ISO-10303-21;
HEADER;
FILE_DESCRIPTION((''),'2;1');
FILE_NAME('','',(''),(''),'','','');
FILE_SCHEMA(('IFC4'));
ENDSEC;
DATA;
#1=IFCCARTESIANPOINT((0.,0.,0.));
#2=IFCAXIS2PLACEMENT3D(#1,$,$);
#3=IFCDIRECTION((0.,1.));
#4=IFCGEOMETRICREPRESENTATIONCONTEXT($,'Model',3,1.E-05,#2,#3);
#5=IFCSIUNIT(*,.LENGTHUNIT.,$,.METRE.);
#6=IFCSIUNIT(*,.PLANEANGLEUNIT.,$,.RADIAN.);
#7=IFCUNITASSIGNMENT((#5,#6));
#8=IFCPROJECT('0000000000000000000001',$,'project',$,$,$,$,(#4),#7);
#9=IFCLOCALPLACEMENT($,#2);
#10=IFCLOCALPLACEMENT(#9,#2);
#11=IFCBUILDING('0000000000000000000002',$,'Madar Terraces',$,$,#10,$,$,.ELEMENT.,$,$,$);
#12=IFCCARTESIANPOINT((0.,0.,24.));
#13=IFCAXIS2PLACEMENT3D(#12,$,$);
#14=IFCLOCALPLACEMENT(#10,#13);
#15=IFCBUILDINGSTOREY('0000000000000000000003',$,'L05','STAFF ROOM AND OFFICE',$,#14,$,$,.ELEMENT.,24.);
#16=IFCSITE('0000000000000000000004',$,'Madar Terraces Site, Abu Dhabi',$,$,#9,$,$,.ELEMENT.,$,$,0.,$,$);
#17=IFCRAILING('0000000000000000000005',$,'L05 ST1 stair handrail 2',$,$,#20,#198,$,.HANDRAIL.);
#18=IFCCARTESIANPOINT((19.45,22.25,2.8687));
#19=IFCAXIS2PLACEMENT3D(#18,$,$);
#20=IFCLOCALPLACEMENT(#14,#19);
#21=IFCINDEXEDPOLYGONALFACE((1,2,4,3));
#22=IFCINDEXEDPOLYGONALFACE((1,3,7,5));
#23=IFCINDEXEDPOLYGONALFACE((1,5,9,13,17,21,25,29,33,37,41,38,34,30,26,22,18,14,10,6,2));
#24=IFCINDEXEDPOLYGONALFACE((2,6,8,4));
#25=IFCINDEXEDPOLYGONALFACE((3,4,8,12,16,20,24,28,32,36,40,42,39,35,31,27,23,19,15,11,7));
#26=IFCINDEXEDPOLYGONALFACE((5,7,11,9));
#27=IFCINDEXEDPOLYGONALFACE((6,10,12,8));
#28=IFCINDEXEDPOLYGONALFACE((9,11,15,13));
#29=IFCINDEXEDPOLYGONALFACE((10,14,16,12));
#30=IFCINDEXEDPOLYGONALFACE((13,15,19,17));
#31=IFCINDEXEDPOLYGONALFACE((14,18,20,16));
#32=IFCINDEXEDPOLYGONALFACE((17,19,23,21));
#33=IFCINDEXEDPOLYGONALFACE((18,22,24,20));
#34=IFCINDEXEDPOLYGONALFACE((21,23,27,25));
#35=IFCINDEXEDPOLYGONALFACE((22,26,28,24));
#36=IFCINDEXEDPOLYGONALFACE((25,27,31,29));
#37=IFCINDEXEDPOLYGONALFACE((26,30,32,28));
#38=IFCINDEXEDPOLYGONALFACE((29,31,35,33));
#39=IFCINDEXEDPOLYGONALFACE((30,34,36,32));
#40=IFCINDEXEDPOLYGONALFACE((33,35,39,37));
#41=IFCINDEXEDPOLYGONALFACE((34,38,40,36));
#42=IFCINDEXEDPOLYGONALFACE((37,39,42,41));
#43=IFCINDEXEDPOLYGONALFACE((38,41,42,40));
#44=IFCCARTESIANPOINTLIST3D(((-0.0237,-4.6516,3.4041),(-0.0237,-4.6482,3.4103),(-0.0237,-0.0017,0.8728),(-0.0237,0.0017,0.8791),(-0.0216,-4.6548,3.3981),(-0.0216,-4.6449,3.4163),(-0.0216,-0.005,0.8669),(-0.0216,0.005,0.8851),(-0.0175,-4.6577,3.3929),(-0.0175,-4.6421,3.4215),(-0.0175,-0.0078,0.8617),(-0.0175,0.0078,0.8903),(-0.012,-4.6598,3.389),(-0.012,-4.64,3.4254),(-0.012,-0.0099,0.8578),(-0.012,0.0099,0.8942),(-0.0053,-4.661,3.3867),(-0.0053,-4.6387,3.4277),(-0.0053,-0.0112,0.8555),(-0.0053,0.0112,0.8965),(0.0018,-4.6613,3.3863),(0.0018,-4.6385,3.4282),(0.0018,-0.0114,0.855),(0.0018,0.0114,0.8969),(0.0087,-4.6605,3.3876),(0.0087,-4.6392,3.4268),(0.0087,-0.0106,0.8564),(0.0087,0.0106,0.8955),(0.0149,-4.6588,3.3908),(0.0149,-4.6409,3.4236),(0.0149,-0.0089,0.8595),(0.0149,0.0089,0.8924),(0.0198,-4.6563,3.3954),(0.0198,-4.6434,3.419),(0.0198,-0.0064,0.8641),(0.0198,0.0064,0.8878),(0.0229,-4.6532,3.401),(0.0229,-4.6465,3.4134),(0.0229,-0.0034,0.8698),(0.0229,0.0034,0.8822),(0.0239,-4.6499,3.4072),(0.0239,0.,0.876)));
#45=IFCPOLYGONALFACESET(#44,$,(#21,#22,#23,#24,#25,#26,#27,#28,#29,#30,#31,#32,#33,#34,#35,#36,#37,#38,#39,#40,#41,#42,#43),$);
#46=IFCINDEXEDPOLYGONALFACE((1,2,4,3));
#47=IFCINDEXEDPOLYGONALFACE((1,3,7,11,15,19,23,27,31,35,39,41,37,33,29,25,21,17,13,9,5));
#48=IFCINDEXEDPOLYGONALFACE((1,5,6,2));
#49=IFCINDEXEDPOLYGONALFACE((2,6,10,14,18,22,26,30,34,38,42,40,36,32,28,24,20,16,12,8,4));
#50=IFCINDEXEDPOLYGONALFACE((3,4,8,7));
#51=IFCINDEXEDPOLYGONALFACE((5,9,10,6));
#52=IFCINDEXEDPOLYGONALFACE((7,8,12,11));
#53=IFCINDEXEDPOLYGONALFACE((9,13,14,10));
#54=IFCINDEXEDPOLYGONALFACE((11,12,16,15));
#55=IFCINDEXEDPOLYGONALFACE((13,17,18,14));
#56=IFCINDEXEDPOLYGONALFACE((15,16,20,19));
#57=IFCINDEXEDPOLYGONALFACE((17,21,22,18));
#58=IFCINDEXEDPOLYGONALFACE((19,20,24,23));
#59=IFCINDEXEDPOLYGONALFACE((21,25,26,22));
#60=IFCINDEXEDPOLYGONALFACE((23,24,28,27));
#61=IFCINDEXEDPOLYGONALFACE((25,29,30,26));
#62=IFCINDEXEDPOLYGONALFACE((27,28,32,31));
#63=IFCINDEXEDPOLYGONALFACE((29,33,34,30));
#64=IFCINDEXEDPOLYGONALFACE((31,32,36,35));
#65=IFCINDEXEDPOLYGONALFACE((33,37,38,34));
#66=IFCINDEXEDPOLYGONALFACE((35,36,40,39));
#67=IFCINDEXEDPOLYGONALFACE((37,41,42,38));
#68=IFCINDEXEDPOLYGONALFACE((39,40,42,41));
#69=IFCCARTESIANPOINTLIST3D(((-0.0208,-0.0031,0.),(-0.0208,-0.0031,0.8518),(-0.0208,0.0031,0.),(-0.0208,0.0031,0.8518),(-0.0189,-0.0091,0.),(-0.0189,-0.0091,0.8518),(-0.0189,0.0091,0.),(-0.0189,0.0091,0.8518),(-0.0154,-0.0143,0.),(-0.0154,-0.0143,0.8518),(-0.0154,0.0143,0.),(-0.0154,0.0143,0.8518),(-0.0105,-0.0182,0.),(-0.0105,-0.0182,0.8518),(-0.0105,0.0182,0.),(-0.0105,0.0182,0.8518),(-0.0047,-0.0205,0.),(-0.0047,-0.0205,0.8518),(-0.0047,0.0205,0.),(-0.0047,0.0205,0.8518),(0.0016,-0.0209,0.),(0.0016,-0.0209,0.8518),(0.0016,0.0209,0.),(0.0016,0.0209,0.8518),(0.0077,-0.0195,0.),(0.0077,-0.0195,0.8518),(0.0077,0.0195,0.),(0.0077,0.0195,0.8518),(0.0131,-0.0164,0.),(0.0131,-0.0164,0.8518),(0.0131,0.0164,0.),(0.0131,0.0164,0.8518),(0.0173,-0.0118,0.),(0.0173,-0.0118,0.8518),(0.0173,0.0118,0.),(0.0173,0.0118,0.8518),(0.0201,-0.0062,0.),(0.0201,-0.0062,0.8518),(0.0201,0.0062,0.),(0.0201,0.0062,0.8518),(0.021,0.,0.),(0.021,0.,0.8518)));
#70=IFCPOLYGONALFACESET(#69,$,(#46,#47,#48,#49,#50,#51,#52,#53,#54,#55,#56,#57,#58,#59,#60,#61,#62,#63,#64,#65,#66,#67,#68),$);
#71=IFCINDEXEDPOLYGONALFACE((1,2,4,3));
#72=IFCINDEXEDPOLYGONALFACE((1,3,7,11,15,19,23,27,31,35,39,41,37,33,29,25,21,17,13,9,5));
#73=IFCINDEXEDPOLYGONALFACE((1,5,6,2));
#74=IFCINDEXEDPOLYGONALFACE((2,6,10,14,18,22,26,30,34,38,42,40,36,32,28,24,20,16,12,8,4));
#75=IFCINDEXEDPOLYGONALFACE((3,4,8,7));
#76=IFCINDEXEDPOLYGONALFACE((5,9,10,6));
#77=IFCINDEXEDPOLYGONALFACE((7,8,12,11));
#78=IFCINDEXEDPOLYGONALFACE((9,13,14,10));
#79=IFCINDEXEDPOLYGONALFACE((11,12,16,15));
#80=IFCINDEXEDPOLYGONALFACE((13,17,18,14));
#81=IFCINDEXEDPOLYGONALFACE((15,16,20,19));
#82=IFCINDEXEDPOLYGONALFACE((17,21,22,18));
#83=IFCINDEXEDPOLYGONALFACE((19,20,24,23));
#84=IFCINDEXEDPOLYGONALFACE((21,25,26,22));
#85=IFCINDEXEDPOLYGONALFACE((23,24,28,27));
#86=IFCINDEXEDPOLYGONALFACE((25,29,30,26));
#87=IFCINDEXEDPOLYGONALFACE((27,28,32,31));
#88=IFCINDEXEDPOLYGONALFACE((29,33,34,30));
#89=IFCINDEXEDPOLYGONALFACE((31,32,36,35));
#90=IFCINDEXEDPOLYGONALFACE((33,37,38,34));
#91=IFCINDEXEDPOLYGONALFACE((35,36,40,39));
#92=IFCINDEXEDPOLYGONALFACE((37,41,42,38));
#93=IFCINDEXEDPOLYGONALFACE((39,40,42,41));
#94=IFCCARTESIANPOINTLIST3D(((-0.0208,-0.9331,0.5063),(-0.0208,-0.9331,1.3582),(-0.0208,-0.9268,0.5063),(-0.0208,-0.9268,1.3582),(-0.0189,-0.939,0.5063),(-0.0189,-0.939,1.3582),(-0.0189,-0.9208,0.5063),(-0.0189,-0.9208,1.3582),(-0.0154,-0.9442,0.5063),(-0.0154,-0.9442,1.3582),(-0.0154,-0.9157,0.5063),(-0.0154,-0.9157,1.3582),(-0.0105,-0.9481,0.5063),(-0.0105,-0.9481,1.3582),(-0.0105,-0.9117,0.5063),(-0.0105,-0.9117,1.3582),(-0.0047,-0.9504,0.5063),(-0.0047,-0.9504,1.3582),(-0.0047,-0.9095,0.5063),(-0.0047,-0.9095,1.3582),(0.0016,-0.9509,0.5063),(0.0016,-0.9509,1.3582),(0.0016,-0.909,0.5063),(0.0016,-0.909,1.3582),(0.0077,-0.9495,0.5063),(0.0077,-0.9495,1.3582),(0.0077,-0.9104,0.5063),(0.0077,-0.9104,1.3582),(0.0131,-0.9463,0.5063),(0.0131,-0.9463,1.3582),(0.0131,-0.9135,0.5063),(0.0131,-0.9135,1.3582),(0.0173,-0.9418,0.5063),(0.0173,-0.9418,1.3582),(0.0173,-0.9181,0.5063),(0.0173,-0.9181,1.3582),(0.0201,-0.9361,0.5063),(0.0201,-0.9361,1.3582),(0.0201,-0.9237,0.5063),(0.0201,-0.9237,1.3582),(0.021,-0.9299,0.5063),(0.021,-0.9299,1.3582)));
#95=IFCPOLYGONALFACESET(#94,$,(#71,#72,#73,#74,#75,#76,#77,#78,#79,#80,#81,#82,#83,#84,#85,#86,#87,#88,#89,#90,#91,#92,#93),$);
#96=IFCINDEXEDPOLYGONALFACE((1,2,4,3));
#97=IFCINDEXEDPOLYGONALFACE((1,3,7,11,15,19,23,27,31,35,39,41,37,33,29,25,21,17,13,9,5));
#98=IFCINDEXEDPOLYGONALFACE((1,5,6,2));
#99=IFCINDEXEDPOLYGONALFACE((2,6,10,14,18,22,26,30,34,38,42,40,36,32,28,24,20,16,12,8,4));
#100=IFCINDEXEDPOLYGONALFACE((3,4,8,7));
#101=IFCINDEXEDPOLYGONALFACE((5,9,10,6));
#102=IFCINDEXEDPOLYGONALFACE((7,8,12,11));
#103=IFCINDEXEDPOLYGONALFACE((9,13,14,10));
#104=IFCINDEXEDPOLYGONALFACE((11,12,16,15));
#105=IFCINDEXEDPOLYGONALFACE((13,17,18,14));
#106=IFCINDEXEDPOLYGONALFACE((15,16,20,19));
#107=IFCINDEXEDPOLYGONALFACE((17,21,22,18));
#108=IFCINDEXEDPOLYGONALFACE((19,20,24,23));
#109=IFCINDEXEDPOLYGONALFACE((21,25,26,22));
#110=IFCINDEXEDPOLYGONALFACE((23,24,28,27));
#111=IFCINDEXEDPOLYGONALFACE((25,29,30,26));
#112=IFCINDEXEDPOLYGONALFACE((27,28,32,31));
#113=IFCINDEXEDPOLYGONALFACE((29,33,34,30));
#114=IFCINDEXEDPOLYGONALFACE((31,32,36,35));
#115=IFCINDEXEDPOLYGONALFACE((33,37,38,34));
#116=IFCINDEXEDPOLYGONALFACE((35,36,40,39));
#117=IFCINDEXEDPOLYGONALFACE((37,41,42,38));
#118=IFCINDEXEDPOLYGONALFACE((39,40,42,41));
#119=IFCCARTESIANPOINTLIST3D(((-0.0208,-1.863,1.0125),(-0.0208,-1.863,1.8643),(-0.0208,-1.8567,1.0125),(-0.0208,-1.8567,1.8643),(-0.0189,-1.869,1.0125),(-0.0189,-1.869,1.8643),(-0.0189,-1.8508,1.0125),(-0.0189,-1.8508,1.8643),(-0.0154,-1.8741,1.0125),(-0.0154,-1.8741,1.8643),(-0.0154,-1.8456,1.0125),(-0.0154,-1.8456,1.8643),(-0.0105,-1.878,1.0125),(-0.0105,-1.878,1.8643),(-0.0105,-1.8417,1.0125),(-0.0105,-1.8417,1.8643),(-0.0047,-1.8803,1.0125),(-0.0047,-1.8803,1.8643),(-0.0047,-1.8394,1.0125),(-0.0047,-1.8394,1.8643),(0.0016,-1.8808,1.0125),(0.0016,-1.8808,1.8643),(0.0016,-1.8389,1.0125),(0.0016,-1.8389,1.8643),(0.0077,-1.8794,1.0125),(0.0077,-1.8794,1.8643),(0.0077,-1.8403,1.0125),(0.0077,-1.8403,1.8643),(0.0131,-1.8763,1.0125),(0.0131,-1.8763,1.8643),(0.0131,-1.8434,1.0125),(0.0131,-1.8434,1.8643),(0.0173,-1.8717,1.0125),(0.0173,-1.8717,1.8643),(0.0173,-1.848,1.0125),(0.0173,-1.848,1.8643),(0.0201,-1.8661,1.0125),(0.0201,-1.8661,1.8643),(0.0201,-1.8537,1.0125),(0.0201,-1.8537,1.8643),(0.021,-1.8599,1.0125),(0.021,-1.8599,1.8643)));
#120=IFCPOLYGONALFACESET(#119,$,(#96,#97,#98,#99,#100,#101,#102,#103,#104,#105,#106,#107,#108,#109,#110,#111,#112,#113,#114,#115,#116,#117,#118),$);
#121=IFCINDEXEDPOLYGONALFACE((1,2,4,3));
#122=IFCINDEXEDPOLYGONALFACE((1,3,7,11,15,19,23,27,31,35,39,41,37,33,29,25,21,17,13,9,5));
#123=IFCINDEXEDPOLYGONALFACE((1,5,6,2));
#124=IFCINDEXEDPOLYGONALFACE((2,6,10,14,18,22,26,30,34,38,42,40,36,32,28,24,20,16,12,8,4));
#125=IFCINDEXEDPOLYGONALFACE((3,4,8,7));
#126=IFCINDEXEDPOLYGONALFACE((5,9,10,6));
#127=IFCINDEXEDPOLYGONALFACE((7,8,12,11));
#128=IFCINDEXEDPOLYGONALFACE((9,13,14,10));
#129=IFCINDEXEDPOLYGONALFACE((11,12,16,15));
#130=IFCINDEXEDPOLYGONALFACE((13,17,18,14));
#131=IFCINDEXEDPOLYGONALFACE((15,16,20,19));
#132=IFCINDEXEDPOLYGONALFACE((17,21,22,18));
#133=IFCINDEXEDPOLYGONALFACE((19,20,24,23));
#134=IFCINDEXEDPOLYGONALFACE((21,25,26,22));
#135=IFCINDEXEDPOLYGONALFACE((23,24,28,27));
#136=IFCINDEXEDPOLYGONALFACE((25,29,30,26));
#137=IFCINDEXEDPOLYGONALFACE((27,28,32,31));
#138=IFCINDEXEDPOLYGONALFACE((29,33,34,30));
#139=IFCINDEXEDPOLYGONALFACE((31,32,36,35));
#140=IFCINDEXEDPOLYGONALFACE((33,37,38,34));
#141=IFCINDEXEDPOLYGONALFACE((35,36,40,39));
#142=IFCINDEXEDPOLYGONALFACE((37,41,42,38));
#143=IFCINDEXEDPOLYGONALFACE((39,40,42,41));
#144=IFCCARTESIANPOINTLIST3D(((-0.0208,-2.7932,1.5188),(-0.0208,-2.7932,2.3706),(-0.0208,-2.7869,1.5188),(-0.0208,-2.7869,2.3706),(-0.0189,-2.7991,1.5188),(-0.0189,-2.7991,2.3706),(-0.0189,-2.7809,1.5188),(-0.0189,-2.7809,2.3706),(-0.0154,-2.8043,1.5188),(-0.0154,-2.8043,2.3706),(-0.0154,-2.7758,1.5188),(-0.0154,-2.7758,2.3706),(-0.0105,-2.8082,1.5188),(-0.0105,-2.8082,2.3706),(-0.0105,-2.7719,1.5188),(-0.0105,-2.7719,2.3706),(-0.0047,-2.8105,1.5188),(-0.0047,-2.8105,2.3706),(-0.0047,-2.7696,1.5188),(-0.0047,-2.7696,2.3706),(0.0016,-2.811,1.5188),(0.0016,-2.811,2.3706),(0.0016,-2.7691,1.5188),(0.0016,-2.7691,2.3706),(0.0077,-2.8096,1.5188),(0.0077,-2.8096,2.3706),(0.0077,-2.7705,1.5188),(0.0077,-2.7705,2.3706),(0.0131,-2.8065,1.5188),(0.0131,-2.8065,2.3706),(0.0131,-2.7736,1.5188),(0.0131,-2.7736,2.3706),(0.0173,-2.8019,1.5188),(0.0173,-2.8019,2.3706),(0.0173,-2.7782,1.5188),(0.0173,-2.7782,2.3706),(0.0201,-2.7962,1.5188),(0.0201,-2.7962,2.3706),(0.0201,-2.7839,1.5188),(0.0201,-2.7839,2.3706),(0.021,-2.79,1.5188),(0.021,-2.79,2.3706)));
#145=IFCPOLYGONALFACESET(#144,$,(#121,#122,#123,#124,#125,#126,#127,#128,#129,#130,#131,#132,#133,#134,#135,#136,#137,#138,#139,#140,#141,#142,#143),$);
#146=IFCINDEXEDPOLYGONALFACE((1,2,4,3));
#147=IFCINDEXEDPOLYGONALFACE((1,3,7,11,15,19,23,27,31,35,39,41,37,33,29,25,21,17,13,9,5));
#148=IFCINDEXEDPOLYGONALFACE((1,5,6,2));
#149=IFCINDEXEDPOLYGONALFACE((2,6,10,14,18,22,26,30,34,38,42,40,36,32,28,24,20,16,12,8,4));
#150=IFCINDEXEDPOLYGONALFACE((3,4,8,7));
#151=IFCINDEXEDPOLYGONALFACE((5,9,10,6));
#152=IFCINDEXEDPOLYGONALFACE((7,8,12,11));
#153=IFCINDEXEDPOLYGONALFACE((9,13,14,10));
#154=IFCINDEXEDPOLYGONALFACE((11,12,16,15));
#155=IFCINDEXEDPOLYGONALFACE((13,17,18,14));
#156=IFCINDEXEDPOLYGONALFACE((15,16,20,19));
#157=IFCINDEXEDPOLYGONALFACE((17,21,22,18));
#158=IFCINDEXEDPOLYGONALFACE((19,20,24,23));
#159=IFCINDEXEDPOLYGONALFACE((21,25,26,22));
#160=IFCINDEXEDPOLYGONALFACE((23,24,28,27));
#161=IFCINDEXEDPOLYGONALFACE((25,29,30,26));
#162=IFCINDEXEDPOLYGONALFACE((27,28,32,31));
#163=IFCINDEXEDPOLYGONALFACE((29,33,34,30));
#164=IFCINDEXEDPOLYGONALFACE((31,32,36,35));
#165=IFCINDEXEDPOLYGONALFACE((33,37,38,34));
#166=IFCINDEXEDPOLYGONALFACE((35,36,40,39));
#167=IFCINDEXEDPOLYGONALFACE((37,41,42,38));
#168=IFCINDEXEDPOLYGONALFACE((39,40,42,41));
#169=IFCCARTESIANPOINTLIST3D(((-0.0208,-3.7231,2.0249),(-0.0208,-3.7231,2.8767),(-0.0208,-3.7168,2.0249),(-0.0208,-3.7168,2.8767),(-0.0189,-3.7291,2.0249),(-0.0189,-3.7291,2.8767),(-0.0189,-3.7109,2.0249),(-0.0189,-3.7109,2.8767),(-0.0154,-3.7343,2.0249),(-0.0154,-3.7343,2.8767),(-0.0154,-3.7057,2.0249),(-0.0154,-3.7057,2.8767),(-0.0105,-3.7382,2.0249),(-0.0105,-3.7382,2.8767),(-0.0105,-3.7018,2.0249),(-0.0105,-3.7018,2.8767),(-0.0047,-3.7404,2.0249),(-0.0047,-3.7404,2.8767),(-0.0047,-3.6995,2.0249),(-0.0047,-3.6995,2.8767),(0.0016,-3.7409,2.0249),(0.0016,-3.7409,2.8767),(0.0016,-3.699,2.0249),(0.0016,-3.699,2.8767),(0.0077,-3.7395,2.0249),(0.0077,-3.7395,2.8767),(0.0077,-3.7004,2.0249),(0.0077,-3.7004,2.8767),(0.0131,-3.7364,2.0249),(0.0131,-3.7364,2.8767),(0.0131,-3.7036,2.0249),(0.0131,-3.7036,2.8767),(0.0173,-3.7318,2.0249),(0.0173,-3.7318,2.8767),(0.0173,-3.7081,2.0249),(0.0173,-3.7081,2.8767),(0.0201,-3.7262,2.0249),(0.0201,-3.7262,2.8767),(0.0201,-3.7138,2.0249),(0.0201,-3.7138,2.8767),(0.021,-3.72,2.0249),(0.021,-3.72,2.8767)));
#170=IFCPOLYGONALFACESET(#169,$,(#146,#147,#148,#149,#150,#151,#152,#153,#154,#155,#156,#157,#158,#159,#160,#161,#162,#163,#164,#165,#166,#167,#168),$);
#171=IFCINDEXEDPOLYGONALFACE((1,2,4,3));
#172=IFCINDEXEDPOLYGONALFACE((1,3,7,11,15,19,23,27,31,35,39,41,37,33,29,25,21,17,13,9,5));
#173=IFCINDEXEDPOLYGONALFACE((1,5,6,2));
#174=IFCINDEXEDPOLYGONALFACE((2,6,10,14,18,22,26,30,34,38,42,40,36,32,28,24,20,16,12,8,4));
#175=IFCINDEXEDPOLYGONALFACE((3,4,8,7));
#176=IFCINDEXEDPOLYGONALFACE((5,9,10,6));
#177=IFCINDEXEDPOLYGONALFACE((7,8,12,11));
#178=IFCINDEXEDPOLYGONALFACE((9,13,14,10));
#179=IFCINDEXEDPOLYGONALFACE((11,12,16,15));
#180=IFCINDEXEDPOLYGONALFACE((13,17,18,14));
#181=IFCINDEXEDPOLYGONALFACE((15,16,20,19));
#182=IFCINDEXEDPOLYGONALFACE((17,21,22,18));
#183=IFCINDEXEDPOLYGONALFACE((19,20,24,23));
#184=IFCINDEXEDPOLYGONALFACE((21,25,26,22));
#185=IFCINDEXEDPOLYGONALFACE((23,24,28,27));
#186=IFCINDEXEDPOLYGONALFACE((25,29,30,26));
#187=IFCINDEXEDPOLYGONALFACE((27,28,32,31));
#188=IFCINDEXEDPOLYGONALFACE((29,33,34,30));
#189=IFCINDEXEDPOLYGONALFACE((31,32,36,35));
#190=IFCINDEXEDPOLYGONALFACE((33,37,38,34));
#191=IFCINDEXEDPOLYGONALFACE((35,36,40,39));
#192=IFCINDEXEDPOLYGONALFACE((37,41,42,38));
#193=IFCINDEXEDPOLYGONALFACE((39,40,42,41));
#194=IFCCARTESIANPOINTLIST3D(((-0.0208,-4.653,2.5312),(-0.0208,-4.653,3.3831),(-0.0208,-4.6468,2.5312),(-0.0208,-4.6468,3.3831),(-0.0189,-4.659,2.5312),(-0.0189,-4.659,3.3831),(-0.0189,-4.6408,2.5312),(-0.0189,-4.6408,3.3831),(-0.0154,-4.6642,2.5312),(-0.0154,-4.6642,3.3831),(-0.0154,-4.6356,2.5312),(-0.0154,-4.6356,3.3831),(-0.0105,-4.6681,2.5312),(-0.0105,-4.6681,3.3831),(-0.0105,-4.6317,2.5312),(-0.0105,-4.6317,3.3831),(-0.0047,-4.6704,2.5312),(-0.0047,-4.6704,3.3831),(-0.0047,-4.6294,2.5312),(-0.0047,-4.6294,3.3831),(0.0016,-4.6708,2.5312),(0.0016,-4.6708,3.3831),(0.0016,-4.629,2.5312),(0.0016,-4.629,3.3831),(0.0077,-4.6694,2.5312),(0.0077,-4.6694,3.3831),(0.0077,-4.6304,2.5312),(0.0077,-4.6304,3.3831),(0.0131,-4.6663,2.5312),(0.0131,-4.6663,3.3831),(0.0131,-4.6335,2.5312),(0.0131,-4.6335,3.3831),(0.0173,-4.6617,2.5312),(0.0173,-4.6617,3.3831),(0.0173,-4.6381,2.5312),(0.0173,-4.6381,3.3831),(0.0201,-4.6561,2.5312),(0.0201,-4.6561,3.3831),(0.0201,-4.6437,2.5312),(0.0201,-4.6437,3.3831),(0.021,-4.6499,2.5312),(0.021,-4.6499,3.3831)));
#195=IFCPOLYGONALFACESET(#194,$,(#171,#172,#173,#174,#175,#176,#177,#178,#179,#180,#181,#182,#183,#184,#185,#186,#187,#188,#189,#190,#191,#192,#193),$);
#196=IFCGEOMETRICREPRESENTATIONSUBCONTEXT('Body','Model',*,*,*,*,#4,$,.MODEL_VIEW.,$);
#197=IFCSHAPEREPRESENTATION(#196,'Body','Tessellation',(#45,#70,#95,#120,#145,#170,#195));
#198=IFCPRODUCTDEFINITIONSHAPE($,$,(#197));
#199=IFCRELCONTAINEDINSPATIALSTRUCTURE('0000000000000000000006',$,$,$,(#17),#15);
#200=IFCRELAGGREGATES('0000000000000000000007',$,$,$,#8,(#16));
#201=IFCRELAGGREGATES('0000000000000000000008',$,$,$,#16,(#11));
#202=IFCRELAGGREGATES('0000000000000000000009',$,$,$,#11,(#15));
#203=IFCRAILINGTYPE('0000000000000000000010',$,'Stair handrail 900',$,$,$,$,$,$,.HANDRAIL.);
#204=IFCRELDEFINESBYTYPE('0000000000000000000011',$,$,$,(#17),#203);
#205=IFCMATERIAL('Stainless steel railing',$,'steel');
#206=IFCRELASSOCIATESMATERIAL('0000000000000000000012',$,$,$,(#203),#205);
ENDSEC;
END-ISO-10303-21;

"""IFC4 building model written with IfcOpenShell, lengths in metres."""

from ifc_helpers import new_model, si_unit, direction, frame, origin, origin_2d, place, context, subcontext, project, spatial, circle, extrude, material, type_object, element, save


model = new_model("IFC4")

# Units and contexts
model_context = context("Model", 3, precision=1e-05, world=origin(), true_north=direction((0.0, 1.0)))
body_context = subcontext(model_context, "Body", "Model", "MODEL_VIEW")
ifc_project = project(units=[si_unit("LENGTHUNIT", "METRE"), si_unit("PLANEANGLEUNIT", "RADIAN")], contexts=[model_context])

# Site, building, storey
site_placement = place(None, origin())
site = spatial("IfcSite", under=ifc_project, at=site_placement, Name="Madar Terraces Site, Abu Dhabi", CompositionType="ELEMENT", RefElevation=0.0)
building_placement = place(site_placement, origin())
building = spatial("IfcBuilding", under=site, at=building_placement, Name="Madar Terraces", CompositionType="ELEMENT")
storey_placement = place(building_placement, frame((0.0, 0.0, 24.0)))
storey = spatial("IfcBuildingStorey", under=building, at=storey_placement, Name="L05", Description="STAFF ROOM AND OFFICE", CompositionType="ELEMENT", Elevation=24.0)

# Railing
ifc_material_1 = material(Name="Stainless steel railing", Category="steel")
railing_type_1 = type_object("IfcRailingType", Name="Stair handrail 900", PredefinedType="HANDRAIL", material=ifc_material_1)
railing_1_placement = place(storey_placement, frame((19.45, 22.25, 2.8687)))
element("IfcRailing", 1, at=railing_1_placement, inside=storey, type_object=railing_type_1, Name="L05 ST1 stair handrail 2", PredefinedType="HANDRAIL", context=body_context, shape_type="SweptSolid", body=[
    extrude(circle(Radius=0.0239, at=origin_2d()), frame((0.0, 0.0, 0.876), z_axis=(0.0, -0.878297, 0.478115), x_axis=(1.0, 0.0, 0.0)), (0.0, 0.0, 1.0), 5.2942),
    extrude(circle(Radius=0.021, at=origin_2d()), origin(), (0.0, 0.0, 1.0), 0.8518),
    extrude(circle(Radius=0.021, at=origin_2d()), frame((0.0, -0.9299, 0.5063)), (0.0, 0.0, 1.0), 0.8518),
    extrude(circle(Radius=0.021, at=origin_2d()), frame((0.0, -1.8599, 1.0125)), (0.0, 0.0, 1.0), 0.8518),
    extrude(circle(Radius=0.021, at=origin_2d()), frame((0.0, -2.79, 1.5188)), (0.0, 0.0, 1.0), 0.8518),
    extrude(circle(Radius=0.021, at=origin_2d()), frame((0.0, -3.72, 2.0249)), (0.0, 0.0, 1.0), 0.8518),
    extrude(circle(Radius=0.021, at=origin_2d()), frame((0.0, -4.6499, 2.5312)), (0.0, 0.0, 1.0), 0.8518),
])

save(model, "model.ifc")
